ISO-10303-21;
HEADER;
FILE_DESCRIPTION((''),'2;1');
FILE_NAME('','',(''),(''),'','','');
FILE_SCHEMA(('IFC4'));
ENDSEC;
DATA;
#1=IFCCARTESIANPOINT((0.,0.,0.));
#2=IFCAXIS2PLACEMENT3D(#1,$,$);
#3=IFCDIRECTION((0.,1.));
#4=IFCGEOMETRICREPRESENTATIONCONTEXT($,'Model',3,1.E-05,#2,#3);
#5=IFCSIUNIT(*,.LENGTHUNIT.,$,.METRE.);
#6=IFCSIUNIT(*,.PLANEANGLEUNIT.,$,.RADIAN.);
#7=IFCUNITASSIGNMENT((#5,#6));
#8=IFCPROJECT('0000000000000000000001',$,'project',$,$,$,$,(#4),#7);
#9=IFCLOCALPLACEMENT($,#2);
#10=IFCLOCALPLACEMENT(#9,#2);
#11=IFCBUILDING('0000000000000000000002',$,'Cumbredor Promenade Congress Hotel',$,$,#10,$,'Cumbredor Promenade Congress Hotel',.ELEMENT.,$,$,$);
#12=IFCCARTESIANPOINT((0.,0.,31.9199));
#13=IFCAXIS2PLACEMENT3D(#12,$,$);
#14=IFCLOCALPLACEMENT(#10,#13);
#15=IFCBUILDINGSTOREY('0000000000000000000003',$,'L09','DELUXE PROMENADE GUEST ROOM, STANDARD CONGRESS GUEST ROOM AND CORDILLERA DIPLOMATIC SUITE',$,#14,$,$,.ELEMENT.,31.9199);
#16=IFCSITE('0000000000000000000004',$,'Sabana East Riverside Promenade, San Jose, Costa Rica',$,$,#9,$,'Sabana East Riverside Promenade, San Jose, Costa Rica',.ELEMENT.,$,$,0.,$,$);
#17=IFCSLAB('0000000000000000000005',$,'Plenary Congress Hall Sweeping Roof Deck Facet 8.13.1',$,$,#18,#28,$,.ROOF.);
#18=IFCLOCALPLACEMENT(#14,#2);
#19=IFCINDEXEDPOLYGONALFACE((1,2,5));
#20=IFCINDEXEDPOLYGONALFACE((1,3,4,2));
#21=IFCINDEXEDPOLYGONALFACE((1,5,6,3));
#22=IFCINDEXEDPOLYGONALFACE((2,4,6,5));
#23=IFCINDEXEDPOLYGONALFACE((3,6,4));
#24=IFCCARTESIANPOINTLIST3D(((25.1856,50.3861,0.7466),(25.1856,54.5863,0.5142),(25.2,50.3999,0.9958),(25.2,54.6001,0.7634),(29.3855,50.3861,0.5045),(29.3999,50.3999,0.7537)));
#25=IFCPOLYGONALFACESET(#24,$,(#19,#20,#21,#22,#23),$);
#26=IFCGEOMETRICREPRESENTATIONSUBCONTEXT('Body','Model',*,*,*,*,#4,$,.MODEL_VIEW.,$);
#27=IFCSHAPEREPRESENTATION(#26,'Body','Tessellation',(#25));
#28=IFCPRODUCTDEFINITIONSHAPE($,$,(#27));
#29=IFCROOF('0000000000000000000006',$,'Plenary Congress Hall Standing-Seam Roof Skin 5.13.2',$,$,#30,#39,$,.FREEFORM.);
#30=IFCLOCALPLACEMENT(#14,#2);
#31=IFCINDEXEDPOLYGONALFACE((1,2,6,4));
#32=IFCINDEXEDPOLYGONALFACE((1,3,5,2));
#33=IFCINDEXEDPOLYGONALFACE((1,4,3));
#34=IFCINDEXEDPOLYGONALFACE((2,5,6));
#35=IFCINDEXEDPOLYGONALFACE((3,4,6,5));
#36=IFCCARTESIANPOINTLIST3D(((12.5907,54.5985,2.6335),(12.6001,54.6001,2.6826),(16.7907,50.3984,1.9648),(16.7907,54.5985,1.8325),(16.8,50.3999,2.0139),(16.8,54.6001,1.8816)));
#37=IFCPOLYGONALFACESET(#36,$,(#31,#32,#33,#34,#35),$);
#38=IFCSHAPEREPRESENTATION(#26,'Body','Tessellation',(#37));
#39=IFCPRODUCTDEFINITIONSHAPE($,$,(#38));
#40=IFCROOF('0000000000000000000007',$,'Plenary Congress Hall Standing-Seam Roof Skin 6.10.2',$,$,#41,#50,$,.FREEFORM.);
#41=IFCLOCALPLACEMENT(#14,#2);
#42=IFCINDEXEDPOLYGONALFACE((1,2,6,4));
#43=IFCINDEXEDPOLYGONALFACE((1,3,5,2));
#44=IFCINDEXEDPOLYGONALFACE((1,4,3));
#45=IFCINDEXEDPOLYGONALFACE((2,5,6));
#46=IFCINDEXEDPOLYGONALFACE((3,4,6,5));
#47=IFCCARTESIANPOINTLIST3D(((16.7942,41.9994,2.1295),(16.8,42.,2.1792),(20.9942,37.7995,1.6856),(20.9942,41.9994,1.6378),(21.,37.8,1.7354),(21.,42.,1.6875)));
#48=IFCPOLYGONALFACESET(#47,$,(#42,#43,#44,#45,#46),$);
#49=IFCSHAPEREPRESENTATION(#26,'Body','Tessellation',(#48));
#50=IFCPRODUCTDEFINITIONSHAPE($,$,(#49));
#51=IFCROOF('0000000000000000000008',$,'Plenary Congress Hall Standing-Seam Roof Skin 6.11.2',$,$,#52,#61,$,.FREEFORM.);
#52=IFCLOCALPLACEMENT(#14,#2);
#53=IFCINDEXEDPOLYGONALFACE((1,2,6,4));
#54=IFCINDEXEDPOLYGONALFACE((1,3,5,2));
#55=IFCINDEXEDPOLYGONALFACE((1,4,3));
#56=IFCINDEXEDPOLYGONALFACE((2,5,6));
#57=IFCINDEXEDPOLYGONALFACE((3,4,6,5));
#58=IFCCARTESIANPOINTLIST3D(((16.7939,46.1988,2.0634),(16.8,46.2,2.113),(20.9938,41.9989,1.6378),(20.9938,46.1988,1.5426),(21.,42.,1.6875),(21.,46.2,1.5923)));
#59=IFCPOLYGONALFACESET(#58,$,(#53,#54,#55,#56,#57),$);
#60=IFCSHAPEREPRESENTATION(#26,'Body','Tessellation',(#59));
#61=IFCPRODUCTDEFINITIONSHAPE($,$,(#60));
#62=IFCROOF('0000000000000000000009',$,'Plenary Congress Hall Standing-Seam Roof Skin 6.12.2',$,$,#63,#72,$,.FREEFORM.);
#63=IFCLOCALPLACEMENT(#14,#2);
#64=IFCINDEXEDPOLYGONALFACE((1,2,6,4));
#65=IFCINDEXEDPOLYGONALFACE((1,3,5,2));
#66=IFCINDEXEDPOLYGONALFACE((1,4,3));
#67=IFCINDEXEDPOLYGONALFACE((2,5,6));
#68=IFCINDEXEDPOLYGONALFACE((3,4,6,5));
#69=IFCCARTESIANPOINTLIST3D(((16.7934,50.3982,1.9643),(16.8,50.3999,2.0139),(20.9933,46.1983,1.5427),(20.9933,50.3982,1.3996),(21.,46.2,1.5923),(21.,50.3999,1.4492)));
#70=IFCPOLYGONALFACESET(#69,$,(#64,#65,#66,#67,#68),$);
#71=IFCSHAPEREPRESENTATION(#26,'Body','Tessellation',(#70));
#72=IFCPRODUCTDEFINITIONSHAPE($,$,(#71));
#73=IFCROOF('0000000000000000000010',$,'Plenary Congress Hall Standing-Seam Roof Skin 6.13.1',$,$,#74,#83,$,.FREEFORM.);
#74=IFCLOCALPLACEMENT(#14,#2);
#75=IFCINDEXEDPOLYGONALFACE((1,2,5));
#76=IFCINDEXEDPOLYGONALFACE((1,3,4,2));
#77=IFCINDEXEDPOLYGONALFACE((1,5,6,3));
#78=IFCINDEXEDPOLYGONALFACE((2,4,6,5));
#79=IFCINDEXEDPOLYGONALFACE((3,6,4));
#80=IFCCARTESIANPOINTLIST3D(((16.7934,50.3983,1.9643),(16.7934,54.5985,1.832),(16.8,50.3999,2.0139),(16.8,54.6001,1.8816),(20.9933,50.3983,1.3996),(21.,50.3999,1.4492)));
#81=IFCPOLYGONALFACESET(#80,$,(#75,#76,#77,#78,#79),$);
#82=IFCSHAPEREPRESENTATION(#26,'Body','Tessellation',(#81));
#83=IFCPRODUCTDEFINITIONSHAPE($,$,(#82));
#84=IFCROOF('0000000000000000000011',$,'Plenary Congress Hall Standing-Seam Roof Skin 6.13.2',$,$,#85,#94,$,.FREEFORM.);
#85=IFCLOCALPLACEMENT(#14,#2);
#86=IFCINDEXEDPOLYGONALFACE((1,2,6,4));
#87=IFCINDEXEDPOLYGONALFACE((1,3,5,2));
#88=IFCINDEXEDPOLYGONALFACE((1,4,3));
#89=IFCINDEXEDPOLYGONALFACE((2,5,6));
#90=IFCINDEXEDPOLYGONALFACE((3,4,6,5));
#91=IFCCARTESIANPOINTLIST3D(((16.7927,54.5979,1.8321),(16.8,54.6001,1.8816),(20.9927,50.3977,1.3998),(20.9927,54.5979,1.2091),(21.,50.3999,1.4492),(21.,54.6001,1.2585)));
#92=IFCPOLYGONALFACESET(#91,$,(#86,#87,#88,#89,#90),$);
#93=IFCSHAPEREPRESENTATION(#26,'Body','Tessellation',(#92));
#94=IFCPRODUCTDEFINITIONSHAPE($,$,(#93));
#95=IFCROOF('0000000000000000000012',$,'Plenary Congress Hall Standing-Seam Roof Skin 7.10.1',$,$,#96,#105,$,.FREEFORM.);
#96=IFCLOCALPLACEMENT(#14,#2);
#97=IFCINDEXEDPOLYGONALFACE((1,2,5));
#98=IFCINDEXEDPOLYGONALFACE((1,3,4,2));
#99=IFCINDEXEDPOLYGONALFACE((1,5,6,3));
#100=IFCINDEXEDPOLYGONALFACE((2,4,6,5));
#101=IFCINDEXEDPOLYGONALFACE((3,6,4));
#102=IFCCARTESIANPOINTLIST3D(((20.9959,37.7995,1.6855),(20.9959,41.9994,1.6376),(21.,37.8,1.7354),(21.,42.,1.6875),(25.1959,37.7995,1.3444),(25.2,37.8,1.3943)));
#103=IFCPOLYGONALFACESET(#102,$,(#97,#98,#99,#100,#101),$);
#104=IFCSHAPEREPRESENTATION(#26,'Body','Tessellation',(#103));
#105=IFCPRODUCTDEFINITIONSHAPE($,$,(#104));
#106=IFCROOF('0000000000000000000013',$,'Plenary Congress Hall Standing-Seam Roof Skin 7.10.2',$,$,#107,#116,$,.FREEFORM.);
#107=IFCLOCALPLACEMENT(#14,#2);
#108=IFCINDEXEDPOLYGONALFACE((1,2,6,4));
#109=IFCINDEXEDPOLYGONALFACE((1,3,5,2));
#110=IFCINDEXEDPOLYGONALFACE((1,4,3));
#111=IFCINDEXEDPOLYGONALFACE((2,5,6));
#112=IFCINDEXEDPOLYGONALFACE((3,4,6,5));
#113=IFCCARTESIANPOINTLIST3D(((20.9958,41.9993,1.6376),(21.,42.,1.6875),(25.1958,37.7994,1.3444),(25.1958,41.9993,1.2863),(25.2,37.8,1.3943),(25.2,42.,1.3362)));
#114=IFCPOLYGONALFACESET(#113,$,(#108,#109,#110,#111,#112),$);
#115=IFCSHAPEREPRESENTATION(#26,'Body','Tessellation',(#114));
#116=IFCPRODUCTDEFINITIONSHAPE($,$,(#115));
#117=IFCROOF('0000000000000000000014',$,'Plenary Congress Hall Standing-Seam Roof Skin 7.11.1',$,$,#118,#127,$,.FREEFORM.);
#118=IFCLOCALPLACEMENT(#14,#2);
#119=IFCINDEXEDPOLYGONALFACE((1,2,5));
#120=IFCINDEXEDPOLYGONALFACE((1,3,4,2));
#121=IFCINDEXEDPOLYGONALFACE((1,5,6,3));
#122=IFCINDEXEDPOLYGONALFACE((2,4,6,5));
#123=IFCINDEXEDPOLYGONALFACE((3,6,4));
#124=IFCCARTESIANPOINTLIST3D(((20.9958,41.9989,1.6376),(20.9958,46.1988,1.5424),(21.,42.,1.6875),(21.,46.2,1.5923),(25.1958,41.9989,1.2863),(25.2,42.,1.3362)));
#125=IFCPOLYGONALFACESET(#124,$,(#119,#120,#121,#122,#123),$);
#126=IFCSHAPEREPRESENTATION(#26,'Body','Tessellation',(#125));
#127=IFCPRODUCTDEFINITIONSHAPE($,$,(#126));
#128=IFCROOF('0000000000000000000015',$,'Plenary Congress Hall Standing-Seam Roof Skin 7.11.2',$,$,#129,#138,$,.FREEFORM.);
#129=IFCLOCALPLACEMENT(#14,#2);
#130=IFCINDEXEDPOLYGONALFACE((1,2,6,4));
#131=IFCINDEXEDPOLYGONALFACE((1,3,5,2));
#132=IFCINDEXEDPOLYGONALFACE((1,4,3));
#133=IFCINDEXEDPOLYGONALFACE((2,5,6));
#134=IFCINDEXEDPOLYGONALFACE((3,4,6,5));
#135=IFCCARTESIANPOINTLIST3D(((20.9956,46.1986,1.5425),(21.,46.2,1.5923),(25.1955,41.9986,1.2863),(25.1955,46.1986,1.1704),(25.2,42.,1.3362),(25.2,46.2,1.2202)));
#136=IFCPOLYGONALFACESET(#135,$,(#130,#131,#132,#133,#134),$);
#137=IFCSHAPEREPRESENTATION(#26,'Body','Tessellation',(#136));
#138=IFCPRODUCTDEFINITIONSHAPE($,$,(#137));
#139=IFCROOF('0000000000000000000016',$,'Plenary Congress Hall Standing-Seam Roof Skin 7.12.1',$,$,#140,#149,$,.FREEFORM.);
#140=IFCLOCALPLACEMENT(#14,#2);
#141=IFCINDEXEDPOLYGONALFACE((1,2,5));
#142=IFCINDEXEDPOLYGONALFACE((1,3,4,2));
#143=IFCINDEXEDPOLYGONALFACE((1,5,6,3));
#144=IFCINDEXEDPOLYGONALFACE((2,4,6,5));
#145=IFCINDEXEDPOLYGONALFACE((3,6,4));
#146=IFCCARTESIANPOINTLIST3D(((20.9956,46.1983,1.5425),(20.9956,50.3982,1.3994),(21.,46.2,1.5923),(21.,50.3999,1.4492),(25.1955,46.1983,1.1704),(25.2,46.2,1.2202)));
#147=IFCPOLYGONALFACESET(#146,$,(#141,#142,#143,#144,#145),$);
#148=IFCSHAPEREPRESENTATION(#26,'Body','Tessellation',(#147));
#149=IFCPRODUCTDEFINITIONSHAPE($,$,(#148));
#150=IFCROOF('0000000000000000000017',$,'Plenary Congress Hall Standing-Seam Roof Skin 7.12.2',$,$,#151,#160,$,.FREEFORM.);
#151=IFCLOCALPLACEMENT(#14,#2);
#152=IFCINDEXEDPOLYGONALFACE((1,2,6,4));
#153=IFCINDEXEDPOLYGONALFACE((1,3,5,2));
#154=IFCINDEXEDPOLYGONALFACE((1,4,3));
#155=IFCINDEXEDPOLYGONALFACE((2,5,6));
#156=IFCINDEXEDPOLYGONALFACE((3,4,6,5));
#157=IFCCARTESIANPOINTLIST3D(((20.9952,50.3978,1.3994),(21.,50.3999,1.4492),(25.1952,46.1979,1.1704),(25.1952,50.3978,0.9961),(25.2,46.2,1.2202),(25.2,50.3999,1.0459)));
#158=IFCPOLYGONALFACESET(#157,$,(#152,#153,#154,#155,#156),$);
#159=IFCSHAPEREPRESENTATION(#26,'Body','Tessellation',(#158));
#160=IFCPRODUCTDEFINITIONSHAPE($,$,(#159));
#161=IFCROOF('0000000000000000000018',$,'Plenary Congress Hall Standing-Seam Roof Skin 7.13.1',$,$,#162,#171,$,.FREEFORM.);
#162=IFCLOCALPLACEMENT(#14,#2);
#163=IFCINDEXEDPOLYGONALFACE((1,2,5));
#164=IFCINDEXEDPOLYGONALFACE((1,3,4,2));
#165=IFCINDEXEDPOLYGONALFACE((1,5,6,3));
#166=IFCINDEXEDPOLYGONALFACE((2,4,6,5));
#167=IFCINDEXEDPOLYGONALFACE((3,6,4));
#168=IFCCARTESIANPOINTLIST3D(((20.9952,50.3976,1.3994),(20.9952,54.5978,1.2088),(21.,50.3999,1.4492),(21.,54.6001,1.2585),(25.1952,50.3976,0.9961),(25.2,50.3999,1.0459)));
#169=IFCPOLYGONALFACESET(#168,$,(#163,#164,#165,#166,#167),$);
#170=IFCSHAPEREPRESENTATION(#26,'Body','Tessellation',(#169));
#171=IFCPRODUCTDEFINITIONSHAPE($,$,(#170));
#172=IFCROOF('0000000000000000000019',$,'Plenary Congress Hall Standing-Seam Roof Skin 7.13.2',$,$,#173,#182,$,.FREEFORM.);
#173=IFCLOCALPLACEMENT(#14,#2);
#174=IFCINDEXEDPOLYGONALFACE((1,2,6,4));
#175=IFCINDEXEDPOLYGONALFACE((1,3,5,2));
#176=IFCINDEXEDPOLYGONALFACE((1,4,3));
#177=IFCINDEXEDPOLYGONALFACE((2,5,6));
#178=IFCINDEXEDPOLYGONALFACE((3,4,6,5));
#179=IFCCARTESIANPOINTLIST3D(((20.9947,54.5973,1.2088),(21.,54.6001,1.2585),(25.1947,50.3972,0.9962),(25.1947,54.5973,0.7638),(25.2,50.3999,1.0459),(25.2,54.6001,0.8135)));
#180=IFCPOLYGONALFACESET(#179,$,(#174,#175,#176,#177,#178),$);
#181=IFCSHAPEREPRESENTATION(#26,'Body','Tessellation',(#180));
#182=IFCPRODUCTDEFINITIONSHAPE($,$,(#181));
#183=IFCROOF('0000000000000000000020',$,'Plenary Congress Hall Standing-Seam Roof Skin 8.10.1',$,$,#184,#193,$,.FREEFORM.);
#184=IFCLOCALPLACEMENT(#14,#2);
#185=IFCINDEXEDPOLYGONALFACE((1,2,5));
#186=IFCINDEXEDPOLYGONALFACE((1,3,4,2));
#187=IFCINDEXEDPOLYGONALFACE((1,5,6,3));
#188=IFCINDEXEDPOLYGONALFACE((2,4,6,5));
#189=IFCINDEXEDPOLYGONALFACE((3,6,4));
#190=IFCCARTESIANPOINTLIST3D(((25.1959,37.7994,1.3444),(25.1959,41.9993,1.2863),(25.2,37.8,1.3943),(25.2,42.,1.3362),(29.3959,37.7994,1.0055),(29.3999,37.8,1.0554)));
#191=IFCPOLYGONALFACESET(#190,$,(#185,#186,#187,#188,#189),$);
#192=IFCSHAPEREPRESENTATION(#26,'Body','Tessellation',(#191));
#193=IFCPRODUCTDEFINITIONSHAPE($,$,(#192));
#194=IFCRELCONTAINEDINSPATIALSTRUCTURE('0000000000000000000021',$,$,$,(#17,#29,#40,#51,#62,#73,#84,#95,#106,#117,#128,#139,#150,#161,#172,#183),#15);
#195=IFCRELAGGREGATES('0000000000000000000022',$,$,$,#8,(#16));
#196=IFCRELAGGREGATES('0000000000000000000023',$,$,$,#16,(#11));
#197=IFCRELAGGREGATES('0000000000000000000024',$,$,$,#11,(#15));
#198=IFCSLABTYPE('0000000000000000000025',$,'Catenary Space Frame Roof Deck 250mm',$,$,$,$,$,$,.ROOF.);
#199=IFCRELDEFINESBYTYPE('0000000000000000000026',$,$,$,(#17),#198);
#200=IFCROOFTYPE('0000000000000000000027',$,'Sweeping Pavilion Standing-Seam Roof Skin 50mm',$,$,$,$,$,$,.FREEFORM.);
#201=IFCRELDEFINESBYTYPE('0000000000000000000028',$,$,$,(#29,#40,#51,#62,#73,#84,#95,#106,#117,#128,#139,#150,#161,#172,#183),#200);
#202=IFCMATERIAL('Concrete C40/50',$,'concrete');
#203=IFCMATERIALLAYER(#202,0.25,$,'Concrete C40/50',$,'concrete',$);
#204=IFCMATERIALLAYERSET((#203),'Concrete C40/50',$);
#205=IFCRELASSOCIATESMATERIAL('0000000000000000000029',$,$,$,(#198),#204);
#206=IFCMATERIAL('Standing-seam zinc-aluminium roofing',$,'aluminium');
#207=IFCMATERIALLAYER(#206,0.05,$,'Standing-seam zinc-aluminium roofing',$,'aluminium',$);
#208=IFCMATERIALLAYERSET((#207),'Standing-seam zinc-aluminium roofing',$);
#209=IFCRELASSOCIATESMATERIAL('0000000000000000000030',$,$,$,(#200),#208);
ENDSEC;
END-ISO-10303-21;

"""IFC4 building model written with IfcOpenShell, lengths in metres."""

from ifc_helpers import new_model, si_unit, direction, frame, origin, place, context, subcontext, project, spatial, polyline, outline, extrude, material, layer, layer_set, type_object, element, save


model = new_model("IFC4")

# Units and contexts
model_context = context("Model", 3, precision=1e-05, world=origin(), true_north=direction((0.0, 1.0)))
body_context = subcontext(model_context, "Body", "Model", "MODEL_VIEW")
ifc_project = project(units=[si_unit("LENGTHUNIT", "METRE"), si_unit("PLANEANGLEUNIT", "RADIAN")], contexts=[model_context])

# Site, building, storey
site_placement = place(None, origin())
site = spatial("IfcSite", under=ifc_project, at=site_placement, Name="Sabana East Riverside Promenade, San Jose, Costa Rica", LongName="Sabana East Riverside Promenade, San Jose, Costa Rica", CompositionType="ELEMENT", RefElevation=0.0)
building_placement = place(site_placement, origin())
building = spatial("IfcBuilding", under=site, at=building_placement, Name="Cumbredor Promenade Congress Hotel", LongName="Cumbredor Promenade Congress Hotel", CompositionType="ELEMENT")
storey_placement = place(building_placement, frame((0.0, 0.0, 31.9199)))
storey = spatial("IfcBuildingStorey", under=building, at=storey_placement, Name="L09", Description="DELUXE PROMENADE GUEST ROOM, STANDARD CONGRESS GUEST ROOM AND CORDILLERA DIPLOMATIC SUITE", CompositionType="ELEMENT", Elevation=31.9199)

# Slab
ifc_material_1 = material(Name="Concrete C40/50", Category="concrete")
ifc_layer_1 = layer(ifc_material_1, 0.25, Name="Concrete C40/50", Category="concrete")
ifc_layer_set_1 = layer_set([ifc_layer_1], Name="Concrete C40/50")
slab_type = type_object("IfcSlabType", Name="Catenary Space Frame Roof Deck 250mm", PredefinedType="ROOF", material=ifc_layer_set_1)
slab_1_placement = place(storey_placement, frame((25.2, 50.3999, 0.9958), z_axis=(0.057481, 0.05516, 0.996822), x_axis=(0.998342, 0.0, -0.057569)))
element("IfcSlab", 1, at=slab_1_placement, inside=storey, type_object=slab_type, Name="Plenary Congress Hall Sweeping Roof Deck Facet 8.13.1", PredefinedType="ROOF", context=body_context, shape_type="SweptSolid", body=[
    extrude(outline(polyline([(0.0, 0.0), (4.2069, 0.0), (0.0134, 4.2066), (0.0, 0.0)])), origin(), (0.0, 0.0, -1.0), 0.25),
])

# Roofs
ifc_material_2 = material(Name="Standing-seam zinc-aluminium roofing", Category="aluminium")
ifc_layer_2 = layer(ifc_material_2, 0.05, Name="Standing-seam zinc-aluminium roofing", Category="aluminium")
ifc_layer_set_2 = layer_set([ifc_layer_2], Name="Standing-seam zinc-aluminium roofing")
roof_type = type_object("IfcRoofType", Name="Sweeping Pavilion Standing-Seam Roof Skin 50mm", PredefinedType="FREEFORM", material=ifc_layer_set_2)
roof_1_placement = place(storey_placement, frame((16.8, 50.3999, 2.0139), z_axis=(0.187256, 0.030932, 0.981824), x_axis=(0.0, 0.999504, -0.031489)))
element("IfcRoof", 2, at=roof_1_placement, inside=storey, type_object=roof_type, Name="Plenary Congress Hall Standing-Seam Roof Skin 5.13.2", PredefinedType="FREEFORM", context=body_context, shape_type="SweptSolid", body=[
    extrude(outline(polyline([(0.0, 0.0), (4.2023, 0.0), (4.1771, 4.2756), (0.0, 0.0)])), origin(), (0.0, 0.0, -1.0), 0.05),
])
roof_2_placement = place(storey_placement, frame((21.0, 37.8, 1.7354), z_axis=(0.116271, 0.011315, 0.993153), x_axis=(0.0, 0.999935, -0.011393)))
element("IfcRoof", 3, at=roof_2_placement, inside=storey, type_object=roof_type, Name="Plenary Congress Hall Standing-Seam Roof Skin 6.10.2", PredefinedType="FREEFORM", context=body_context, shape_type="SweptSolid", body=[
    extrude(outline(polyline([(0.0, 0.0), (4.2002, 0.0), (4.1946, 4.2286), (0.0, 0.0)])), origin(), (0.0, 0.0, -1.0), 0.05),
])
roof_3_placement = place(storey_placement, frame((21.0, 42.0, 1.6875), z_axis=(0.123017, 0.022492, 0.99215), x_axis=(0.0, 0.999743, -0.022665)))
element("IfcRoof", 4, at=roof_3_placement, inside=storey, type_object=roof_type, Name="Plenary Congress Hall Standing-Seam Roof Skin 6.11.2", PredefinedType="FREEFORM", context=body_context, shape_type="SweptSolid", body=[
    extrude(outline(polyline([(0.0, 0.0), (4.201, 0.0), (4.1892, 4.2321), (0.0, 0.0)])), origin(), (0.0, 0.0, -1.0), 0.05),
])
roof_4_placement = place(storey_placement, frame((21.0, 46.2, 1.5923), z_axis=(0.133178, 0.033741, 0.990518), x_axis=(0.0, 0.99942, -0.034044)))
element("IfcRoof", 5, at=roof_4_placement, inside=storey, type_object=roof_type, Name="Plenary Congress Hall Standing-Seam Roof Skin 6.12.2", PredefinedType="FREEFORM", context=body_context, shape_type="SweptSolid", body=[
    extrude(outline(polyline([(0.0, 0.0), (4.2024, 0.0), (4.1832, 4.2377), (0.0, 0.0)])), origin(), (0.0, 0.0, -1.0), 0.05),
])
roof_5_placement = place(storey_placement, frame((16.8, 50.3999, 2.0139), z_axis=(0.133189, 0.031208, 0.990599), x_axis=(0.991082, 0.0, -0.133254)))
element("IfcRoof", 6, at=roof_5_placement, inside=storey, type_object=roof_type, Name="Plenary Congress Hall Standing-Seam Roof Skin 6.13.1", PredefinedType="FREEFORM", context=body_context, shape_type="SweptSolid", body=[
    extrude(outline(polyline([(0.0, 0.0), (4.2377, 0.0), (0.0176, 4.2022), (0.0, 0.0)])), origin(), (0.0, 0.0, -1.0), 0.05),
])
roof_6_placement = place(storey_placement, frame((21.0, 50.3999, 1.4492), z_axis=(0.146593, 0.04486, 0.988179), x_axis=(0.0, 0.998971, -0.04535)))
element("IfcRoof", 7, at=roof_6_placement, inside=storey, type_object=roof_type, Name="Plenary Congress Hall Standing-Seam Roof Skin 6.13.2", PredefinedType="FREEFORM", context=body_context, shape_type="SweptSolid", body=[
    extrude(outline(polyline([(0.0, 0.0), (4.2045, 0.0), (4.1763, 4.2458), (0.0, 0.0)])), origin(), (0.0, 0.0, -1.0), 0.05),
])
roof_7_placement = place(storey_placement, frame((21.0, 37.8, 1.7354), z_axis=(0.080935, 0.011355, 0.996655), x_axis=(0.996719, 0.0, -0.08094)))
element("IfcRoof", 8, at=roof_7_placement, inside=storey, type_object=roof_type, Name="Plenary Congress Hall Standing-Seam Roof Skin 7.10.1", PredefinedType="FREEFORM", context=body_context, shape_type="SweptSolid", body=[
    extrude(outline(polyline([(0.0, 0.0), (4.2138, 0.0), (0.0039, 4.2002), (0.0, 0.0)])), origin(), (0.0, 0.0, -1.0), 0.05),
])
roof_8_placement = place(storey_placement, frame((25.2, 37.8, 1.3943), z_axis=(0.083349, 0.013785, 0.996425), x_axis=(0.0, 0.999904, -0.013833)))
element("IfcRoof", 9, at=roof_8_placement, inside=storey, type_object=roof_type, Name="Plenary Congress Hall Standing-Seam Roof Skin 7.10.2", PredefinedType="FREEFORM", context=body_context, shape_type="SweptSolid", body=[
    extrude(outline(polyline([(0.0, 0.0), (4.2004, 0.0), (4.1955, 4.2146), (0.0, 0.0)])), origin(), (0.0, 0.0, -1.0), 0.05),
])
roof_9_placement = place(storey_placement, frame((21.0, 42.0, 1.6875), z_axis=(0.083336, 0.022586, 0.996266), x_axis=(0.99652, 0.0, -0.083357)))
element("IfcRoof", 10, at=roof_9_placement, inside=storey, type_object=roof_type, Name="Plenary Congress Hall Standing-Seam Roof Skin 7.11.1", PredefinedType="FREEFORM", context=body_context, shape_type="SweptSolid", body=[
    extrude(outline(polyline([(0.0, 0.0), (4.2146, 0.0), (0.0079, 4.201), (0.0, 0.0)])), origin(), (0.0, 0.0, -1.0), 0.05),
])
roof_10_placement = place(storey_placement, frame((25.2, 42.0, 1.3362), z_axis=(0.08821, 0.027493, 0.995722), x_axis=(0.0, 0.999619, -0.027601)))
element("IfcRoof", 11, at=roof_10_placement, inside=storey, type_object=roof_type, Name="Plenary Congress Hall Standing-Seam Roof Skin 7.11.2", PredefinedType="FREEFORM", context=body_context, shape_type="SweptSolid", body=[
    extrude(outline(polyline([(0.0, 0.0), (4.2016, 0.0), (4.1913, 4.2164), (0.0, 0.0)])), origin(), (0.0, 0.0, -1.0), 0.05),
])
roof_11_placement = place(storey_placement, frame((21.0, 46.2, 1.5923), z_axis=(0.088193, 0.033911, 0.995526), x_axis=(0.996099, 0.0, -0.088244)))
element("IfcRoof", 12, at=roof_11_placement, inside=storey, type_object=roof_type, Name="Plenary Congress Hall Standing-Seam Roof Skin 7.12.1", PredefinedType="FREEFORM", context=body_context, shape_type="SweptSolid", body=[
    extrude(outline(polyline([(0.0, 0.0), (4.2164, 0.0), (0.0126, 4.2024), (0.0, 0.0)])), origin(), (0.0, 0.0, -1.0), 0.05),
])
roof_12_placement = place(storey_placement, frame((25.2, 46.2, 1.2202), z_axis=(0.095509, 0.041279, 0.994572), x_axis=(0.0, 0.99914, -0.041469)))
element("IfcRoof", 13, at=roof_12_placement, inside=storey, type_object=roof_type, Name="Plenary Congress Hall Standing-Seam Roof Skin 7.12.2", PredefinedType="FREEFORM", context=body_context, shape_type="SweptSolid", body=[
    extrude(outline(polyline([(0.0, 0.0), (4.2036, 0.0), (4.1868, 4.2192), (0.0, 0.0)])), origin(), (0.0, 0.0, -1.0), 0.05),
])
roof_13_placement = place(storey_placement, frame((21.0, 50.3999, 1.4492), z_axis=(0.095493, 0.045142, 0.994406), x_axis=(0.995421, 0.0, -0.09559)))
element("IfcRoof", 14, at=roof_13_placement, inside=storey, type_object=roof_type, Name="Plenary Congress Hall Standing-Seam Roof Skin 7.13.1", PredefinedType="FREEFORM", context=body_context, shape_type="SweptSolid", body=[
    extrude(outline(polyline([(0.0, 0.0), (4.2193, 0.0), (0.0182, 4.2045), (0.0, 0.0)])), origin(), (0.0, 0.0, -1.0), 0.05),
])
roof_14_placement = place(storey_placement, frame((25.2, 50.3999, 1.0459), z_axis=(0.105221, 0.054945, 0.99293), x_axis=(0.0, 0.998472, -0.055251)))
element("IfcRoof", 15, at=roof_14_placement, inside=storey, type_object=roof_type, Name="Plenary Congress Hall Standing-Seam Roof Skin 7.13.2", PredefinedType="FREEFORM", context=body_context, shape_type="SweptSolid", body=[
    extrude(outline(polyline([(0.0, 0.0), (4.2066, 0.0), (4.182, 4.2234), (0.0, 0.0)])), origin(), (0.0, 0.0, -1.0), 0.05),
])
roof_15_placement = place(storey_placement, frame((25.2, 37.8, 1.3943), z_axis=(0.080415, 0.013789, 0.996666), x_axis=(0.996761, 0.0, -0.080422)))
element("IfcRoof", 16, at=roof_15_placement, inside=storey, type_object=roof_type, Name="Plenary Congress Hall Standing-Seam Roof Skin 8.10.1", PredefinedType="FREEFORM", context=body_context, shape_type="SweptSolid", body=[
    extrude(outline(polyline([(0.0, 0.0), (4.2136, 0.0), (0.0047, 4.2004), (0.0, 0.0)])), origin(), (0.0, 0.0, -1.0), 0.05),
])

save(model, "model.ifc")
